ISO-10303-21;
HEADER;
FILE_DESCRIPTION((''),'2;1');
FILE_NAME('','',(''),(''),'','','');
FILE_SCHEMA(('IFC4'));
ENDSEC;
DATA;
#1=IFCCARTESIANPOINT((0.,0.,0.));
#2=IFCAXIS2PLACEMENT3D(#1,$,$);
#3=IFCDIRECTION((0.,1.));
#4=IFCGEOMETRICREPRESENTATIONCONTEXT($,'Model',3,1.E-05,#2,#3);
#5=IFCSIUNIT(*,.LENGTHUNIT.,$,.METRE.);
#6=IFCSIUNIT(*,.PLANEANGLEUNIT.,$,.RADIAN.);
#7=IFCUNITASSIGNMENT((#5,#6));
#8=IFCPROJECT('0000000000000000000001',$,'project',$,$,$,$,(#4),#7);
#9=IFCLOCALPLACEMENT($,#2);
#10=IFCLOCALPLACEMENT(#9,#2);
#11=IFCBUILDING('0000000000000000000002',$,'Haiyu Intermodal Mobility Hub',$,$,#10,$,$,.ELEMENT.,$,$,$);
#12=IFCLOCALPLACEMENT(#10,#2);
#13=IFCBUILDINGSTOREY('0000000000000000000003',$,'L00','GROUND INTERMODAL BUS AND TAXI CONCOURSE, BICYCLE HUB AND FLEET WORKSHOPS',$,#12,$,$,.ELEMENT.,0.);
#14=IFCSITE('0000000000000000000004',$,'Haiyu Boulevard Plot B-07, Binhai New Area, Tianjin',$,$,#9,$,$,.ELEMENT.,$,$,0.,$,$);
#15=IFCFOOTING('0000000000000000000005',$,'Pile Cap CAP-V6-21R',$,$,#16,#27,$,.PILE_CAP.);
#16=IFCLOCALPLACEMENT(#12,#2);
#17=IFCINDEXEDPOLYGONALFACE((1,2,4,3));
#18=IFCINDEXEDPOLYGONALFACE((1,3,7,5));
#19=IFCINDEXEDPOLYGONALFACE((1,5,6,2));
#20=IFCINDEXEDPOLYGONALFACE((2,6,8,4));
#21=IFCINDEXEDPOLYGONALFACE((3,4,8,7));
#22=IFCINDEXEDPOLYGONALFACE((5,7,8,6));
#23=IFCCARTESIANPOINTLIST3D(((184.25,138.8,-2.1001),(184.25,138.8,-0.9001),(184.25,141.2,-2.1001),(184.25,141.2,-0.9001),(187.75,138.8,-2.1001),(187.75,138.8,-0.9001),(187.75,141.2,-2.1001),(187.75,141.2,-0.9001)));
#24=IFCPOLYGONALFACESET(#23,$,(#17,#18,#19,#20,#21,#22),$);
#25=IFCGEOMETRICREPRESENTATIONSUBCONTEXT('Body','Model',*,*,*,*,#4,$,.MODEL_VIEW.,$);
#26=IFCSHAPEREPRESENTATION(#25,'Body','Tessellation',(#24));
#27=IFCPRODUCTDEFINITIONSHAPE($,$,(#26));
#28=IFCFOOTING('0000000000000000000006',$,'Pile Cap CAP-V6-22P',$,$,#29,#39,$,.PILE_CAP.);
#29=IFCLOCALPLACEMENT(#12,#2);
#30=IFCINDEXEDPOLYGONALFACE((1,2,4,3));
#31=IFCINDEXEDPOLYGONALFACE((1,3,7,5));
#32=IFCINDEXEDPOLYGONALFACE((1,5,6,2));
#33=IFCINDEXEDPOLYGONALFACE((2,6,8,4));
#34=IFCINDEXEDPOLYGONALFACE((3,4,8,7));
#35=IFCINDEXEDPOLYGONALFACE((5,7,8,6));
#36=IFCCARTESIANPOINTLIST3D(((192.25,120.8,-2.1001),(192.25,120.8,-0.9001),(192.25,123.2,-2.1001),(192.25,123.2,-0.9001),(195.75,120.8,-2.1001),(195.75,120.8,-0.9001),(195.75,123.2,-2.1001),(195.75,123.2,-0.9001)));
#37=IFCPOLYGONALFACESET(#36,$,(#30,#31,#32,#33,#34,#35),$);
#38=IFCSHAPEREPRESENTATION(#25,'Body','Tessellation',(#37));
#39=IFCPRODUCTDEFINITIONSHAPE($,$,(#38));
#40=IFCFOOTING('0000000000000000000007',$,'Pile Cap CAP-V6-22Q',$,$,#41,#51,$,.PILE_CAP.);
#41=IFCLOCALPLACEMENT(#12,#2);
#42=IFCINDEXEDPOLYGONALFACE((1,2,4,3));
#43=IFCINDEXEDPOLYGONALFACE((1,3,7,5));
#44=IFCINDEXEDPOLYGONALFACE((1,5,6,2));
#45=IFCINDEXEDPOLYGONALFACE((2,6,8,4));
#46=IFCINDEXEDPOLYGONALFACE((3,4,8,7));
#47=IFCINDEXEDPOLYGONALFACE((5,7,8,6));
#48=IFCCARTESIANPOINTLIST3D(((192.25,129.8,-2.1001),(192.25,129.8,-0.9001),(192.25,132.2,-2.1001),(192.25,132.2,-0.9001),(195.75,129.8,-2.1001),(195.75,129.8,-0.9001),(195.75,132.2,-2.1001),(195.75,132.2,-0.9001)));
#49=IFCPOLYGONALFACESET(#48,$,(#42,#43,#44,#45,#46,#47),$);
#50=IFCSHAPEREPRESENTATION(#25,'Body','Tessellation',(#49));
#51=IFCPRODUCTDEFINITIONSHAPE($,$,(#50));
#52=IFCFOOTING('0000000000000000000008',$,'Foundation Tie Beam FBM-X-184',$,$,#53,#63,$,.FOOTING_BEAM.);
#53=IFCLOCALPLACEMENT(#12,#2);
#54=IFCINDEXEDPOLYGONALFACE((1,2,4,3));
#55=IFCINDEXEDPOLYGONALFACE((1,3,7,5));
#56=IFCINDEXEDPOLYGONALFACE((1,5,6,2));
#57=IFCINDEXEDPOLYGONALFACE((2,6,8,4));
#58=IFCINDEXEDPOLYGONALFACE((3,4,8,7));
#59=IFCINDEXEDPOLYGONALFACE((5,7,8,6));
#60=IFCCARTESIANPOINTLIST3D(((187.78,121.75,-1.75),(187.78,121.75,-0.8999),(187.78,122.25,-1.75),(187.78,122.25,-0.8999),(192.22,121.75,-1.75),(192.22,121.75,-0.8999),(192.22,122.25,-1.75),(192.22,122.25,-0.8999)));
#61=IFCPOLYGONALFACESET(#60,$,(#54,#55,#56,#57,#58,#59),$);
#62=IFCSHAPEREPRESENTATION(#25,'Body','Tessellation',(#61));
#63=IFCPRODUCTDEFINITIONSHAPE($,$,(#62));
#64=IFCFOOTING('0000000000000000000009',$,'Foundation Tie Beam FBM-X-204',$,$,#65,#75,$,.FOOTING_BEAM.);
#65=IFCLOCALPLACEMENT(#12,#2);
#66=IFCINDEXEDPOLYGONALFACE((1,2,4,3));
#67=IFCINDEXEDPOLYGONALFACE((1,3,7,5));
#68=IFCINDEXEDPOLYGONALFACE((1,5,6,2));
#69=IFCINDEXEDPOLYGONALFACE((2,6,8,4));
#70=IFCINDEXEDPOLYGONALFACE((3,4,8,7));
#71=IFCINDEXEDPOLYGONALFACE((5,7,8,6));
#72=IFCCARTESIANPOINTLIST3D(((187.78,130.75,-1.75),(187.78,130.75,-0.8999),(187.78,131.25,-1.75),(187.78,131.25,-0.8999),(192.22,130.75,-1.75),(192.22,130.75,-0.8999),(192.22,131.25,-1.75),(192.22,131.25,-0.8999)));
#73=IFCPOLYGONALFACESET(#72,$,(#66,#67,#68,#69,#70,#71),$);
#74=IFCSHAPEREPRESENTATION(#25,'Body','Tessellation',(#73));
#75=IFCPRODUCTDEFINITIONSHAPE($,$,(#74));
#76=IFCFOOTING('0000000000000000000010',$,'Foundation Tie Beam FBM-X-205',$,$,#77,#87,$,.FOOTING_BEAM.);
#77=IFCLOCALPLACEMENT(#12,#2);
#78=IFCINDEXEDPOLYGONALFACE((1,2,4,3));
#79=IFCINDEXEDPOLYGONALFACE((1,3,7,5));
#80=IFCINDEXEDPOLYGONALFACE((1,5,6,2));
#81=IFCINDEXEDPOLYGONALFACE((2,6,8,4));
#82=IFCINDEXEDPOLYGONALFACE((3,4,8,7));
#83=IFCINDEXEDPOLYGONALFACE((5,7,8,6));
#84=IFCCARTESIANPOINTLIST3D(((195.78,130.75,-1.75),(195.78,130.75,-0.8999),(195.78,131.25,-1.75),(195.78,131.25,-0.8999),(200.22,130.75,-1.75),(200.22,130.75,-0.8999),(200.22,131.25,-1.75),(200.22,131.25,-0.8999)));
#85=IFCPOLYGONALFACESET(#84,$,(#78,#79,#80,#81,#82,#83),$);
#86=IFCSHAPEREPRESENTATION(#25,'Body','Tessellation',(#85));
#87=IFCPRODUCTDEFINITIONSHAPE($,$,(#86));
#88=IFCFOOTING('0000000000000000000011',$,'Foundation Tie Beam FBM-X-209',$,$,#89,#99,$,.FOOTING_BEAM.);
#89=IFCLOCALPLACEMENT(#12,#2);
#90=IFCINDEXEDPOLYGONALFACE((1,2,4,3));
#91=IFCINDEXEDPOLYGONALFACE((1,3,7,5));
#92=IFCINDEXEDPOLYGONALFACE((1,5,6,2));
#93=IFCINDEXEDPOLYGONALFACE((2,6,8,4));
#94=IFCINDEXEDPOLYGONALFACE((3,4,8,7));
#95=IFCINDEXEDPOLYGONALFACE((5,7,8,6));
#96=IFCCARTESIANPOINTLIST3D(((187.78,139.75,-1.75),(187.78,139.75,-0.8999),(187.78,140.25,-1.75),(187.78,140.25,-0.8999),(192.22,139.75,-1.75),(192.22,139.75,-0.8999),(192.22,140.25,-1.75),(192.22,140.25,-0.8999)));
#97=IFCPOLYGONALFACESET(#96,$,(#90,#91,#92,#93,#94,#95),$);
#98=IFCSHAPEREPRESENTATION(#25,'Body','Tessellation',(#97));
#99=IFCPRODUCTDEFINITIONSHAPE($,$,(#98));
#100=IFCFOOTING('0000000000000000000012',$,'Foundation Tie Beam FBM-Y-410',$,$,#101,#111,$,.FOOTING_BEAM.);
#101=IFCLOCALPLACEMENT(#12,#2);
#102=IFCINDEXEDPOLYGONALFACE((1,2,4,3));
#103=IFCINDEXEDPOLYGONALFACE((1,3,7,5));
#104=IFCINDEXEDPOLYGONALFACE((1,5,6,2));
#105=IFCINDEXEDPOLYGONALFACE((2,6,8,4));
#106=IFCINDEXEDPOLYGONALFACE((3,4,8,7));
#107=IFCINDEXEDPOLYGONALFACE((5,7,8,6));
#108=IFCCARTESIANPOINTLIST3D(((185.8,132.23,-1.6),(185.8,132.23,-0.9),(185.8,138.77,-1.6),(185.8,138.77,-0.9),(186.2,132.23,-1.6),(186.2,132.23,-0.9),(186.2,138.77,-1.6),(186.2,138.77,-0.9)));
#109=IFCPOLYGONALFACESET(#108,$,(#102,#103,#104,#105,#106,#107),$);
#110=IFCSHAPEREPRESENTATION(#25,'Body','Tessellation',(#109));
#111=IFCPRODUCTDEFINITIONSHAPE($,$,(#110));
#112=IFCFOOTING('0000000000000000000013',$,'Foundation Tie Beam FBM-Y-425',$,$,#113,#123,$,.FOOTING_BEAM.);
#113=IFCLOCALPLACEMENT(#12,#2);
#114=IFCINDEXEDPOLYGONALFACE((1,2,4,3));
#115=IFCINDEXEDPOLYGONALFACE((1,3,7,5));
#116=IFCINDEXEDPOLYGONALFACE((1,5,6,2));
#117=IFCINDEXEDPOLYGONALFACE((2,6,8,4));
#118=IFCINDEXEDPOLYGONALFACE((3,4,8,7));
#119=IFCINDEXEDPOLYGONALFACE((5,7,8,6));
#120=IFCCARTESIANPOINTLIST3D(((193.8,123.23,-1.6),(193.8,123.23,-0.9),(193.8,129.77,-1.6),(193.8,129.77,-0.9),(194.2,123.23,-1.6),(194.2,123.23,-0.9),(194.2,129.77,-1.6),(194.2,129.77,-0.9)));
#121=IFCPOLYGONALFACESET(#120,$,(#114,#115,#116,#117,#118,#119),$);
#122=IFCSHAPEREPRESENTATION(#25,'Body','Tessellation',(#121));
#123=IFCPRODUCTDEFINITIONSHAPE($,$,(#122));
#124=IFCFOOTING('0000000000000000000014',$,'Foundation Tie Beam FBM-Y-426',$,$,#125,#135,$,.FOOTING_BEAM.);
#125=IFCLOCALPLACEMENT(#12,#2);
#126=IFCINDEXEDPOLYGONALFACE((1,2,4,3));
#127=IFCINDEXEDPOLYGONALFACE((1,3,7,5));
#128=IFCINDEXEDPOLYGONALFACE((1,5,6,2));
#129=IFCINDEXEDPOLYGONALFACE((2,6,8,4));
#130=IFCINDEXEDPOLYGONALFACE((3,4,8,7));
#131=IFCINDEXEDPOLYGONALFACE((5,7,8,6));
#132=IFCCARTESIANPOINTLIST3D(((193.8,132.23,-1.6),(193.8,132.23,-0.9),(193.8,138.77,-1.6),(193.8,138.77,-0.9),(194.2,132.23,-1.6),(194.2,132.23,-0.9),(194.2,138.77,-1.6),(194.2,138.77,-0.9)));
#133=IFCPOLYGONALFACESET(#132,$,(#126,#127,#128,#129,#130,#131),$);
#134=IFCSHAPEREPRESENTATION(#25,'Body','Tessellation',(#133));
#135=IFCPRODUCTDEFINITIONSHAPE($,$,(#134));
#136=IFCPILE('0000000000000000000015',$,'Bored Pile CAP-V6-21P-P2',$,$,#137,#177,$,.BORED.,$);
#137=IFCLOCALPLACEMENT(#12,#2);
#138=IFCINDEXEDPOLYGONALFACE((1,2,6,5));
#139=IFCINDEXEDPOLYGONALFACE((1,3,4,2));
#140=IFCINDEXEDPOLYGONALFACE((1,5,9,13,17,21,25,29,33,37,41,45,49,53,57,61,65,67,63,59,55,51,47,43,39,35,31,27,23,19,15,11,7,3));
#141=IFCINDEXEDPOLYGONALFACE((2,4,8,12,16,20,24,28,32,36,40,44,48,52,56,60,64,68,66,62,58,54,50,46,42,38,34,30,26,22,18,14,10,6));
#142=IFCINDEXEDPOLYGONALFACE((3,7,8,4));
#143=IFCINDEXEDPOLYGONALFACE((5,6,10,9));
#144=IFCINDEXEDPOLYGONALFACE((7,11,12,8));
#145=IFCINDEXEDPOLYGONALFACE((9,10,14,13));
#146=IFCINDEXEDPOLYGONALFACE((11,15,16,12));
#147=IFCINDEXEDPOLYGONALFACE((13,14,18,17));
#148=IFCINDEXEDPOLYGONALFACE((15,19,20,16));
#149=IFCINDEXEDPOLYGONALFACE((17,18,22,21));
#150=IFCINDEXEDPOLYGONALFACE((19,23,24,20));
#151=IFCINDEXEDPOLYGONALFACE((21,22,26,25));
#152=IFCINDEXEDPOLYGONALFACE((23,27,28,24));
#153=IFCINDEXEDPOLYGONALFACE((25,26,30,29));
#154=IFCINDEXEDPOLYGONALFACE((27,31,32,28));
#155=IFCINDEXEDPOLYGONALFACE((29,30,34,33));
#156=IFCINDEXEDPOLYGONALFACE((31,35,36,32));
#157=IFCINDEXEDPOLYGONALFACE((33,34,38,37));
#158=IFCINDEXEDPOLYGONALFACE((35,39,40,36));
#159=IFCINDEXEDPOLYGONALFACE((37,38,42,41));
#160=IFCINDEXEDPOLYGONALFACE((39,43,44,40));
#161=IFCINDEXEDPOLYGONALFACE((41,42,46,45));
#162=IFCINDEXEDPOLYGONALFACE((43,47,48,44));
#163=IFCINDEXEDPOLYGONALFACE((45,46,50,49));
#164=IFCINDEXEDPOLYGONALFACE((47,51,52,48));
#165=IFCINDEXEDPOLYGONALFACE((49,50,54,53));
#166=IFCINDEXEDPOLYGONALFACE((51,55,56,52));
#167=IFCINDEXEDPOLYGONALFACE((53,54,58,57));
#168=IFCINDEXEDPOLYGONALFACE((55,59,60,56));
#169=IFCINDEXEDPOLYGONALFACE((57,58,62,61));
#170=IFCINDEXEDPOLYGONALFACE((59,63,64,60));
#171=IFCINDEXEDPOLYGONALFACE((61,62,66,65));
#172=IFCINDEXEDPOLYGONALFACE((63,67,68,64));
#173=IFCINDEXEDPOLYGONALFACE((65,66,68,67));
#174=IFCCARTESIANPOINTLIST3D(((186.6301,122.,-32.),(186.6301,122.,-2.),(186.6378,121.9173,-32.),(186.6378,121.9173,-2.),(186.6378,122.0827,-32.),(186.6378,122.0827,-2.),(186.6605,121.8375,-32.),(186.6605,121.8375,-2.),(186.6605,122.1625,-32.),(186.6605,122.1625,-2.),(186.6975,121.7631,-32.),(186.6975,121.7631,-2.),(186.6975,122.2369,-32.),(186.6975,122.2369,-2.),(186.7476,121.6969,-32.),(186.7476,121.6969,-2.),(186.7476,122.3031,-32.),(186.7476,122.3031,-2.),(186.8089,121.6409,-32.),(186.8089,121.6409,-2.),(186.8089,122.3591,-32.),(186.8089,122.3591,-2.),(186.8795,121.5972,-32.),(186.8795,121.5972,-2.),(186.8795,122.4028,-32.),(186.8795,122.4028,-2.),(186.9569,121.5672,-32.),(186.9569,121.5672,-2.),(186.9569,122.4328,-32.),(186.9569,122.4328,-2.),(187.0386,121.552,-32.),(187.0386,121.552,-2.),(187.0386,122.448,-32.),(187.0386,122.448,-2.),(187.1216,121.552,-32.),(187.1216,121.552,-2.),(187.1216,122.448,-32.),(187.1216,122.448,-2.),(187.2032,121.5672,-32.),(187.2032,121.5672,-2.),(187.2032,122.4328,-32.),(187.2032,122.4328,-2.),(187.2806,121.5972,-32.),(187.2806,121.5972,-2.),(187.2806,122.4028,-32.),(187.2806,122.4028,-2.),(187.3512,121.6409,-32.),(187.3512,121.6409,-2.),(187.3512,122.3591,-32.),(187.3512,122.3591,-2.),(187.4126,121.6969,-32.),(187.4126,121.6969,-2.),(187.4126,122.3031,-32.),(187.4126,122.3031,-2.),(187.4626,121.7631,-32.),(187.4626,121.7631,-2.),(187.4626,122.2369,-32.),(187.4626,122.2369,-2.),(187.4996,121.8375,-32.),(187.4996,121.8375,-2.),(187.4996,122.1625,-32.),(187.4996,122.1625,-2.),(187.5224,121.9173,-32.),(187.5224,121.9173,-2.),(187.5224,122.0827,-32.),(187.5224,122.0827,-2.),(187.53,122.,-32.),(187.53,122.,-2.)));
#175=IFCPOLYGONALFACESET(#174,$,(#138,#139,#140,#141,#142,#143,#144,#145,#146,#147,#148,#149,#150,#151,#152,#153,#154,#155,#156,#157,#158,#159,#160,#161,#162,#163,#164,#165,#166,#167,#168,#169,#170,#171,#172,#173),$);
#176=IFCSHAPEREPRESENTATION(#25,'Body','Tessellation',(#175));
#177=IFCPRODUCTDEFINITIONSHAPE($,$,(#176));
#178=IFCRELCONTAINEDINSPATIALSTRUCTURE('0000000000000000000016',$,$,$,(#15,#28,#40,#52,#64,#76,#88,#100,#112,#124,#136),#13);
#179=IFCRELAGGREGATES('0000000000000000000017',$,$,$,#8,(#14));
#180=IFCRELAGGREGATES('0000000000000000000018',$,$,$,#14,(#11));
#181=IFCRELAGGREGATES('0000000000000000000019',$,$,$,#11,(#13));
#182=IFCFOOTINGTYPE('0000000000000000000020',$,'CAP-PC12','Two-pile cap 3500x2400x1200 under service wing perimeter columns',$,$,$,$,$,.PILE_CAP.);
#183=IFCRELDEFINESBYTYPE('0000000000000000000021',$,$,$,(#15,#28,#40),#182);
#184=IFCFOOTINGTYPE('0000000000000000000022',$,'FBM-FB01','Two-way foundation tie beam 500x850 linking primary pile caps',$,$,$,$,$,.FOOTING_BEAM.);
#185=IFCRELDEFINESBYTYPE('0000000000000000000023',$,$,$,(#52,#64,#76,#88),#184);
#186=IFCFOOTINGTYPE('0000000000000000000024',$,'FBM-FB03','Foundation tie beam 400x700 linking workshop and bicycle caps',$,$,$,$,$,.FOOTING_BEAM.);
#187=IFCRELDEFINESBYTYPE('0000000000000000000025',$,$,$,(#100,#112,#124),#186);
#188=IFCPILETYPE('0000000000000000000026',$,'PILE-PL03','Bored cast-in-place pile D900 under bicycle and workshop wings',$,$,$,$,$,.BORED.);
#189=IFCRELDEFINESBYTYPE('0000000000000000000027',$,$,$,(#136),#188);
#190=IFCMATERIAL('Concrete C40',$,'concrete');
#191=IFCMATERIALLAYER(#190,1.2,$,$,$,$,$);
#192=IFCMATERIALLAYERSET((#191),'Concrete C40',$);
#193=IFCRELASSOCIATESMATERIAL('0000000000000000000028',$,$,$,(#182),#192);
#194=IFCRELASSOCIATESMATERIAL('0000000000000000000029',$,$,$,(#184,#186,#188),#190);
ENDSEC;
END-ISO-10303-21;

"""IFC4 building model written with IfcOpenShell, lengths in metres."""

from ifc_helpers import new_model, si_unit, direction, frame, origin, origin_2d, place, context, subcontext, project, spatial, rectangle, circle, extrude, material, layer, layer_set, material_profile, profile_set, type_object, element, save


model = new_model("IFC4")

# Units and contexts
model_context = context("Model", 3, precision=1e-05, world=origin(), true_north=direction((0.0, 1.0)))
body_context = subcontext(model_context, "Body", "Model", "MODEL_VIEW")
ifc_project = project(units=[si_unit("LENGTHUNIT", "METRE"), si_unit("PLANEANGLEUNIT", "RADIAN")], contexts=[model_context])

# Site, building, storey
site_placement = place(None, origin())
site = spatial("IfcSite", under=ifc_project, at=site_placement, Name="Haiyu Boulevard Plot B-07, Binhai New Area, Tianjin", CompositionType="ELEMENT", RefElevation=0.0)
building_placement = place(site_placement, origin())
building = spatial("IfcBuilding", under=site, at=building_placement, Name="Haiyu Intermodal Mobility Hub", CompositionType="ELEMENT")
storey_placement = place(building_placement, origin())
storey = spatial("IfcBuildingStorey", under=building, at=storey_placement, Name="L00", Description="GROUND INTERMODAL BUS AND TAXI CONCOURSE, BICYCLE HUB AND FLEET WORKSHOPS", CompositionType="ELEMENT", Elevation=0.0)

# Footings
ifc_material_1 = material(Name="Concrete C40", Category="concrete")
ifc_layer_1 = layer(ifc_material_1, 1.2)
ifc_layer_set_1 = layer_set([ifc_layer_1], Name="Concrete C40")
footing_type_1 = type_object("IfcFootingType", Name="CAP-PC12", Description="Two-pile cap 3500x2400x1200 under service wing perimeter columns", PredefinedType="PILE_CAP", material=ifc_layer_set_1)
for number, where, z_axis, x_axis, name in (
    (1, (186.0, 140.0, -2.1001), (0.0, 0.0, 1.0), (1.0, 0.0, 0.0), "Pile Cap CAP-V6-21R"),
    (2, (194.0, 122.0, -2.1001), (0.0, 0.0, 1.0), (1.0, 0.0, 0.0), "Pile Cap CAP-V6-22P"),
    (3, (194.0, 131.0, -2.1001), (0.0, 0.0, 1.0), (1.0, 0.0, 0.0), "Pile Cap CAP-V6-22Q"),
):
    element("IfcFooting", number, at=place(storey_placement, frame(where, z_axis=z_axis, x_axis=x_axis)), inside=storey, type_object=footing_type_1, Name=name, PredefinedType="PILE_CAP", context=body_context, shape_type="SweptSolid", body=[
        extrude(rectangle(XDim=3.5, YDim=2.3999, at=origin_2d()), origin(), (0.0, 0.0, 1.0), 1.2),
    ])
ifc_material_profile_1 = material_profile(ifc_material_1, rectangle(XDim=0.5, YDim=0.8501, at=origin_2d()), Name="FB500x850")
ifc_profile_set_1 = profile_set([ifc_material_profile_1], Name="Concrete C40")
footing_type_2 = type_object("IfcFootingType", Name="FBM-FB01", Description="Two-way foundation tie beam 500x850 linking primary pile caps", PredefinedType="FOOTING_BEAM", material=ifc_profile_set_1)
for number, where, z_axis, x_axis, name in (
    (4, (187.78, 122.0, -1.325), (1.0, 0.0, 0.0), (0.0, 1.0, 0.0), "Foundation Tie Beam FBM-X-184"),
    (5, (187.78, 131.0, -1.325), (1.0, 0.0, 0.0), (0.0, 1.0, 0.0), "Foundation Tie Beam FBM-X-204"),
    (6, (195.78, 131.0, -1.325), (1.0, 0.0, 0.0), (0.0, 1.0, 0.0), "Foundation Tie Beam FBM-X-205"),
    (7, (187.78, 140.0, -1.325), (1.0, 0.0, 0.0), (0.0, 1.0, 0.0), "Foundation Tie Beam FBM-X-209"),
):
    element("IfcFooting", number, at=place(storey_placement, frame(where, z_axis=z_axis, x_axis=x_axis)), inside=storey, type_object=footing_type_2, Name=name, PredefinedType="FOOTING_BEAM", context=body_context, shape_type="SweptSolid", body=[
        extrude(rectangle(XDim=0.5, YDim=0.8501, at=origin_2d()), origin(), (0.0, 0.0, 1.0), 4.4399),
    ])
ifc_material_profile_2 = material_profile(ifc_material_1, rectangle(XDim=0.3999, YDim=0.7, at=origin_2d()), Name="FB400x700")
ifc_profile_set_2 = profile_set([ifc_material_profile_2], Name="Concrete C40")
footing_type_3 = type_object("IfcFootingType", Name="FBM-FB03", Description="Foundation tie beam 400x700 linking workshop and bicycle caps", PredefinedType="FOOTING_BEAM", material=ifc_profile_set_2)
for number, where, z_axis, x_axis, name in (
    (8, (186.0, 132.23, -1.25), (0.0, 1.0, 0.0), (-1.0, 0.0, 0.0), "Foundation Tie Beam FBM-Y-410"),
    (9, (194.0, 123.23, -1.25), (0.0, 1.0, 0.0), (-1.0, 0.0, 0.0), "Foundation Tie Beam FBM-Y-425"),
    (10, (194.0, 132.23, -1.25), (0.0, 1.0, 0.0), (-1.0, 0.0, 0.0), "Foundation Tie Beam FBM-Y-426"),
):
    element("IfcFooting", number, at=place(storey_placement, frame(where, z_axis=z_axis, x_axis=x_axis)), inside=storey, type_object=footing_type_3, Name=name, PredefinedType="FOOTING_BEAM", context=body_context, shape_type="SweptSolid", body=[
        extrude(rectangle(XDim=0.3999, YDim=0.7, at=origin_2d()), origin(), (0.0, 0.0, 1.0), 6.54),
    ])

# Pile
ifc_material_profile_3 = material_profile(ifc_material_1, circle(Radius=0.45, at=origin_2d()), Name="PILE-D900")
ifc_profile_set_3 = profile_set([ifc_material_profile_3], Name="Concrete C40")
pile_type = type_object("IfcPileType", Name="PILE-PL03", Description="Bored cast-in-place pile D900 under bicycle and workshop wings", PredefinedType="BORED", material=ifc_profile_set_3)
for number, where, z_axis, x_axis, name in (
    (11, (187.0801, 122.0, -2.0), (0.0, 0.0, -1.0), (1.0, 0.0, 0.0), "Bored Pile CAP-V6-21P-P2"),
):
    element("IfcPile", number, at=place(storey_placement, frame(where, z_axis=z_axis, x_axis=x_axis)), inside=storey, type_object=pile_type, Name=name, PredefinedType="BORED", context=body_context, shape_type="SweptSolid", body=[
        extrude(circle(Radius=0.45, at=origin_2d()), origin(), (0.0, 0.0, 1.0), 30.0),
    ])

save(model, "model.ifc")
